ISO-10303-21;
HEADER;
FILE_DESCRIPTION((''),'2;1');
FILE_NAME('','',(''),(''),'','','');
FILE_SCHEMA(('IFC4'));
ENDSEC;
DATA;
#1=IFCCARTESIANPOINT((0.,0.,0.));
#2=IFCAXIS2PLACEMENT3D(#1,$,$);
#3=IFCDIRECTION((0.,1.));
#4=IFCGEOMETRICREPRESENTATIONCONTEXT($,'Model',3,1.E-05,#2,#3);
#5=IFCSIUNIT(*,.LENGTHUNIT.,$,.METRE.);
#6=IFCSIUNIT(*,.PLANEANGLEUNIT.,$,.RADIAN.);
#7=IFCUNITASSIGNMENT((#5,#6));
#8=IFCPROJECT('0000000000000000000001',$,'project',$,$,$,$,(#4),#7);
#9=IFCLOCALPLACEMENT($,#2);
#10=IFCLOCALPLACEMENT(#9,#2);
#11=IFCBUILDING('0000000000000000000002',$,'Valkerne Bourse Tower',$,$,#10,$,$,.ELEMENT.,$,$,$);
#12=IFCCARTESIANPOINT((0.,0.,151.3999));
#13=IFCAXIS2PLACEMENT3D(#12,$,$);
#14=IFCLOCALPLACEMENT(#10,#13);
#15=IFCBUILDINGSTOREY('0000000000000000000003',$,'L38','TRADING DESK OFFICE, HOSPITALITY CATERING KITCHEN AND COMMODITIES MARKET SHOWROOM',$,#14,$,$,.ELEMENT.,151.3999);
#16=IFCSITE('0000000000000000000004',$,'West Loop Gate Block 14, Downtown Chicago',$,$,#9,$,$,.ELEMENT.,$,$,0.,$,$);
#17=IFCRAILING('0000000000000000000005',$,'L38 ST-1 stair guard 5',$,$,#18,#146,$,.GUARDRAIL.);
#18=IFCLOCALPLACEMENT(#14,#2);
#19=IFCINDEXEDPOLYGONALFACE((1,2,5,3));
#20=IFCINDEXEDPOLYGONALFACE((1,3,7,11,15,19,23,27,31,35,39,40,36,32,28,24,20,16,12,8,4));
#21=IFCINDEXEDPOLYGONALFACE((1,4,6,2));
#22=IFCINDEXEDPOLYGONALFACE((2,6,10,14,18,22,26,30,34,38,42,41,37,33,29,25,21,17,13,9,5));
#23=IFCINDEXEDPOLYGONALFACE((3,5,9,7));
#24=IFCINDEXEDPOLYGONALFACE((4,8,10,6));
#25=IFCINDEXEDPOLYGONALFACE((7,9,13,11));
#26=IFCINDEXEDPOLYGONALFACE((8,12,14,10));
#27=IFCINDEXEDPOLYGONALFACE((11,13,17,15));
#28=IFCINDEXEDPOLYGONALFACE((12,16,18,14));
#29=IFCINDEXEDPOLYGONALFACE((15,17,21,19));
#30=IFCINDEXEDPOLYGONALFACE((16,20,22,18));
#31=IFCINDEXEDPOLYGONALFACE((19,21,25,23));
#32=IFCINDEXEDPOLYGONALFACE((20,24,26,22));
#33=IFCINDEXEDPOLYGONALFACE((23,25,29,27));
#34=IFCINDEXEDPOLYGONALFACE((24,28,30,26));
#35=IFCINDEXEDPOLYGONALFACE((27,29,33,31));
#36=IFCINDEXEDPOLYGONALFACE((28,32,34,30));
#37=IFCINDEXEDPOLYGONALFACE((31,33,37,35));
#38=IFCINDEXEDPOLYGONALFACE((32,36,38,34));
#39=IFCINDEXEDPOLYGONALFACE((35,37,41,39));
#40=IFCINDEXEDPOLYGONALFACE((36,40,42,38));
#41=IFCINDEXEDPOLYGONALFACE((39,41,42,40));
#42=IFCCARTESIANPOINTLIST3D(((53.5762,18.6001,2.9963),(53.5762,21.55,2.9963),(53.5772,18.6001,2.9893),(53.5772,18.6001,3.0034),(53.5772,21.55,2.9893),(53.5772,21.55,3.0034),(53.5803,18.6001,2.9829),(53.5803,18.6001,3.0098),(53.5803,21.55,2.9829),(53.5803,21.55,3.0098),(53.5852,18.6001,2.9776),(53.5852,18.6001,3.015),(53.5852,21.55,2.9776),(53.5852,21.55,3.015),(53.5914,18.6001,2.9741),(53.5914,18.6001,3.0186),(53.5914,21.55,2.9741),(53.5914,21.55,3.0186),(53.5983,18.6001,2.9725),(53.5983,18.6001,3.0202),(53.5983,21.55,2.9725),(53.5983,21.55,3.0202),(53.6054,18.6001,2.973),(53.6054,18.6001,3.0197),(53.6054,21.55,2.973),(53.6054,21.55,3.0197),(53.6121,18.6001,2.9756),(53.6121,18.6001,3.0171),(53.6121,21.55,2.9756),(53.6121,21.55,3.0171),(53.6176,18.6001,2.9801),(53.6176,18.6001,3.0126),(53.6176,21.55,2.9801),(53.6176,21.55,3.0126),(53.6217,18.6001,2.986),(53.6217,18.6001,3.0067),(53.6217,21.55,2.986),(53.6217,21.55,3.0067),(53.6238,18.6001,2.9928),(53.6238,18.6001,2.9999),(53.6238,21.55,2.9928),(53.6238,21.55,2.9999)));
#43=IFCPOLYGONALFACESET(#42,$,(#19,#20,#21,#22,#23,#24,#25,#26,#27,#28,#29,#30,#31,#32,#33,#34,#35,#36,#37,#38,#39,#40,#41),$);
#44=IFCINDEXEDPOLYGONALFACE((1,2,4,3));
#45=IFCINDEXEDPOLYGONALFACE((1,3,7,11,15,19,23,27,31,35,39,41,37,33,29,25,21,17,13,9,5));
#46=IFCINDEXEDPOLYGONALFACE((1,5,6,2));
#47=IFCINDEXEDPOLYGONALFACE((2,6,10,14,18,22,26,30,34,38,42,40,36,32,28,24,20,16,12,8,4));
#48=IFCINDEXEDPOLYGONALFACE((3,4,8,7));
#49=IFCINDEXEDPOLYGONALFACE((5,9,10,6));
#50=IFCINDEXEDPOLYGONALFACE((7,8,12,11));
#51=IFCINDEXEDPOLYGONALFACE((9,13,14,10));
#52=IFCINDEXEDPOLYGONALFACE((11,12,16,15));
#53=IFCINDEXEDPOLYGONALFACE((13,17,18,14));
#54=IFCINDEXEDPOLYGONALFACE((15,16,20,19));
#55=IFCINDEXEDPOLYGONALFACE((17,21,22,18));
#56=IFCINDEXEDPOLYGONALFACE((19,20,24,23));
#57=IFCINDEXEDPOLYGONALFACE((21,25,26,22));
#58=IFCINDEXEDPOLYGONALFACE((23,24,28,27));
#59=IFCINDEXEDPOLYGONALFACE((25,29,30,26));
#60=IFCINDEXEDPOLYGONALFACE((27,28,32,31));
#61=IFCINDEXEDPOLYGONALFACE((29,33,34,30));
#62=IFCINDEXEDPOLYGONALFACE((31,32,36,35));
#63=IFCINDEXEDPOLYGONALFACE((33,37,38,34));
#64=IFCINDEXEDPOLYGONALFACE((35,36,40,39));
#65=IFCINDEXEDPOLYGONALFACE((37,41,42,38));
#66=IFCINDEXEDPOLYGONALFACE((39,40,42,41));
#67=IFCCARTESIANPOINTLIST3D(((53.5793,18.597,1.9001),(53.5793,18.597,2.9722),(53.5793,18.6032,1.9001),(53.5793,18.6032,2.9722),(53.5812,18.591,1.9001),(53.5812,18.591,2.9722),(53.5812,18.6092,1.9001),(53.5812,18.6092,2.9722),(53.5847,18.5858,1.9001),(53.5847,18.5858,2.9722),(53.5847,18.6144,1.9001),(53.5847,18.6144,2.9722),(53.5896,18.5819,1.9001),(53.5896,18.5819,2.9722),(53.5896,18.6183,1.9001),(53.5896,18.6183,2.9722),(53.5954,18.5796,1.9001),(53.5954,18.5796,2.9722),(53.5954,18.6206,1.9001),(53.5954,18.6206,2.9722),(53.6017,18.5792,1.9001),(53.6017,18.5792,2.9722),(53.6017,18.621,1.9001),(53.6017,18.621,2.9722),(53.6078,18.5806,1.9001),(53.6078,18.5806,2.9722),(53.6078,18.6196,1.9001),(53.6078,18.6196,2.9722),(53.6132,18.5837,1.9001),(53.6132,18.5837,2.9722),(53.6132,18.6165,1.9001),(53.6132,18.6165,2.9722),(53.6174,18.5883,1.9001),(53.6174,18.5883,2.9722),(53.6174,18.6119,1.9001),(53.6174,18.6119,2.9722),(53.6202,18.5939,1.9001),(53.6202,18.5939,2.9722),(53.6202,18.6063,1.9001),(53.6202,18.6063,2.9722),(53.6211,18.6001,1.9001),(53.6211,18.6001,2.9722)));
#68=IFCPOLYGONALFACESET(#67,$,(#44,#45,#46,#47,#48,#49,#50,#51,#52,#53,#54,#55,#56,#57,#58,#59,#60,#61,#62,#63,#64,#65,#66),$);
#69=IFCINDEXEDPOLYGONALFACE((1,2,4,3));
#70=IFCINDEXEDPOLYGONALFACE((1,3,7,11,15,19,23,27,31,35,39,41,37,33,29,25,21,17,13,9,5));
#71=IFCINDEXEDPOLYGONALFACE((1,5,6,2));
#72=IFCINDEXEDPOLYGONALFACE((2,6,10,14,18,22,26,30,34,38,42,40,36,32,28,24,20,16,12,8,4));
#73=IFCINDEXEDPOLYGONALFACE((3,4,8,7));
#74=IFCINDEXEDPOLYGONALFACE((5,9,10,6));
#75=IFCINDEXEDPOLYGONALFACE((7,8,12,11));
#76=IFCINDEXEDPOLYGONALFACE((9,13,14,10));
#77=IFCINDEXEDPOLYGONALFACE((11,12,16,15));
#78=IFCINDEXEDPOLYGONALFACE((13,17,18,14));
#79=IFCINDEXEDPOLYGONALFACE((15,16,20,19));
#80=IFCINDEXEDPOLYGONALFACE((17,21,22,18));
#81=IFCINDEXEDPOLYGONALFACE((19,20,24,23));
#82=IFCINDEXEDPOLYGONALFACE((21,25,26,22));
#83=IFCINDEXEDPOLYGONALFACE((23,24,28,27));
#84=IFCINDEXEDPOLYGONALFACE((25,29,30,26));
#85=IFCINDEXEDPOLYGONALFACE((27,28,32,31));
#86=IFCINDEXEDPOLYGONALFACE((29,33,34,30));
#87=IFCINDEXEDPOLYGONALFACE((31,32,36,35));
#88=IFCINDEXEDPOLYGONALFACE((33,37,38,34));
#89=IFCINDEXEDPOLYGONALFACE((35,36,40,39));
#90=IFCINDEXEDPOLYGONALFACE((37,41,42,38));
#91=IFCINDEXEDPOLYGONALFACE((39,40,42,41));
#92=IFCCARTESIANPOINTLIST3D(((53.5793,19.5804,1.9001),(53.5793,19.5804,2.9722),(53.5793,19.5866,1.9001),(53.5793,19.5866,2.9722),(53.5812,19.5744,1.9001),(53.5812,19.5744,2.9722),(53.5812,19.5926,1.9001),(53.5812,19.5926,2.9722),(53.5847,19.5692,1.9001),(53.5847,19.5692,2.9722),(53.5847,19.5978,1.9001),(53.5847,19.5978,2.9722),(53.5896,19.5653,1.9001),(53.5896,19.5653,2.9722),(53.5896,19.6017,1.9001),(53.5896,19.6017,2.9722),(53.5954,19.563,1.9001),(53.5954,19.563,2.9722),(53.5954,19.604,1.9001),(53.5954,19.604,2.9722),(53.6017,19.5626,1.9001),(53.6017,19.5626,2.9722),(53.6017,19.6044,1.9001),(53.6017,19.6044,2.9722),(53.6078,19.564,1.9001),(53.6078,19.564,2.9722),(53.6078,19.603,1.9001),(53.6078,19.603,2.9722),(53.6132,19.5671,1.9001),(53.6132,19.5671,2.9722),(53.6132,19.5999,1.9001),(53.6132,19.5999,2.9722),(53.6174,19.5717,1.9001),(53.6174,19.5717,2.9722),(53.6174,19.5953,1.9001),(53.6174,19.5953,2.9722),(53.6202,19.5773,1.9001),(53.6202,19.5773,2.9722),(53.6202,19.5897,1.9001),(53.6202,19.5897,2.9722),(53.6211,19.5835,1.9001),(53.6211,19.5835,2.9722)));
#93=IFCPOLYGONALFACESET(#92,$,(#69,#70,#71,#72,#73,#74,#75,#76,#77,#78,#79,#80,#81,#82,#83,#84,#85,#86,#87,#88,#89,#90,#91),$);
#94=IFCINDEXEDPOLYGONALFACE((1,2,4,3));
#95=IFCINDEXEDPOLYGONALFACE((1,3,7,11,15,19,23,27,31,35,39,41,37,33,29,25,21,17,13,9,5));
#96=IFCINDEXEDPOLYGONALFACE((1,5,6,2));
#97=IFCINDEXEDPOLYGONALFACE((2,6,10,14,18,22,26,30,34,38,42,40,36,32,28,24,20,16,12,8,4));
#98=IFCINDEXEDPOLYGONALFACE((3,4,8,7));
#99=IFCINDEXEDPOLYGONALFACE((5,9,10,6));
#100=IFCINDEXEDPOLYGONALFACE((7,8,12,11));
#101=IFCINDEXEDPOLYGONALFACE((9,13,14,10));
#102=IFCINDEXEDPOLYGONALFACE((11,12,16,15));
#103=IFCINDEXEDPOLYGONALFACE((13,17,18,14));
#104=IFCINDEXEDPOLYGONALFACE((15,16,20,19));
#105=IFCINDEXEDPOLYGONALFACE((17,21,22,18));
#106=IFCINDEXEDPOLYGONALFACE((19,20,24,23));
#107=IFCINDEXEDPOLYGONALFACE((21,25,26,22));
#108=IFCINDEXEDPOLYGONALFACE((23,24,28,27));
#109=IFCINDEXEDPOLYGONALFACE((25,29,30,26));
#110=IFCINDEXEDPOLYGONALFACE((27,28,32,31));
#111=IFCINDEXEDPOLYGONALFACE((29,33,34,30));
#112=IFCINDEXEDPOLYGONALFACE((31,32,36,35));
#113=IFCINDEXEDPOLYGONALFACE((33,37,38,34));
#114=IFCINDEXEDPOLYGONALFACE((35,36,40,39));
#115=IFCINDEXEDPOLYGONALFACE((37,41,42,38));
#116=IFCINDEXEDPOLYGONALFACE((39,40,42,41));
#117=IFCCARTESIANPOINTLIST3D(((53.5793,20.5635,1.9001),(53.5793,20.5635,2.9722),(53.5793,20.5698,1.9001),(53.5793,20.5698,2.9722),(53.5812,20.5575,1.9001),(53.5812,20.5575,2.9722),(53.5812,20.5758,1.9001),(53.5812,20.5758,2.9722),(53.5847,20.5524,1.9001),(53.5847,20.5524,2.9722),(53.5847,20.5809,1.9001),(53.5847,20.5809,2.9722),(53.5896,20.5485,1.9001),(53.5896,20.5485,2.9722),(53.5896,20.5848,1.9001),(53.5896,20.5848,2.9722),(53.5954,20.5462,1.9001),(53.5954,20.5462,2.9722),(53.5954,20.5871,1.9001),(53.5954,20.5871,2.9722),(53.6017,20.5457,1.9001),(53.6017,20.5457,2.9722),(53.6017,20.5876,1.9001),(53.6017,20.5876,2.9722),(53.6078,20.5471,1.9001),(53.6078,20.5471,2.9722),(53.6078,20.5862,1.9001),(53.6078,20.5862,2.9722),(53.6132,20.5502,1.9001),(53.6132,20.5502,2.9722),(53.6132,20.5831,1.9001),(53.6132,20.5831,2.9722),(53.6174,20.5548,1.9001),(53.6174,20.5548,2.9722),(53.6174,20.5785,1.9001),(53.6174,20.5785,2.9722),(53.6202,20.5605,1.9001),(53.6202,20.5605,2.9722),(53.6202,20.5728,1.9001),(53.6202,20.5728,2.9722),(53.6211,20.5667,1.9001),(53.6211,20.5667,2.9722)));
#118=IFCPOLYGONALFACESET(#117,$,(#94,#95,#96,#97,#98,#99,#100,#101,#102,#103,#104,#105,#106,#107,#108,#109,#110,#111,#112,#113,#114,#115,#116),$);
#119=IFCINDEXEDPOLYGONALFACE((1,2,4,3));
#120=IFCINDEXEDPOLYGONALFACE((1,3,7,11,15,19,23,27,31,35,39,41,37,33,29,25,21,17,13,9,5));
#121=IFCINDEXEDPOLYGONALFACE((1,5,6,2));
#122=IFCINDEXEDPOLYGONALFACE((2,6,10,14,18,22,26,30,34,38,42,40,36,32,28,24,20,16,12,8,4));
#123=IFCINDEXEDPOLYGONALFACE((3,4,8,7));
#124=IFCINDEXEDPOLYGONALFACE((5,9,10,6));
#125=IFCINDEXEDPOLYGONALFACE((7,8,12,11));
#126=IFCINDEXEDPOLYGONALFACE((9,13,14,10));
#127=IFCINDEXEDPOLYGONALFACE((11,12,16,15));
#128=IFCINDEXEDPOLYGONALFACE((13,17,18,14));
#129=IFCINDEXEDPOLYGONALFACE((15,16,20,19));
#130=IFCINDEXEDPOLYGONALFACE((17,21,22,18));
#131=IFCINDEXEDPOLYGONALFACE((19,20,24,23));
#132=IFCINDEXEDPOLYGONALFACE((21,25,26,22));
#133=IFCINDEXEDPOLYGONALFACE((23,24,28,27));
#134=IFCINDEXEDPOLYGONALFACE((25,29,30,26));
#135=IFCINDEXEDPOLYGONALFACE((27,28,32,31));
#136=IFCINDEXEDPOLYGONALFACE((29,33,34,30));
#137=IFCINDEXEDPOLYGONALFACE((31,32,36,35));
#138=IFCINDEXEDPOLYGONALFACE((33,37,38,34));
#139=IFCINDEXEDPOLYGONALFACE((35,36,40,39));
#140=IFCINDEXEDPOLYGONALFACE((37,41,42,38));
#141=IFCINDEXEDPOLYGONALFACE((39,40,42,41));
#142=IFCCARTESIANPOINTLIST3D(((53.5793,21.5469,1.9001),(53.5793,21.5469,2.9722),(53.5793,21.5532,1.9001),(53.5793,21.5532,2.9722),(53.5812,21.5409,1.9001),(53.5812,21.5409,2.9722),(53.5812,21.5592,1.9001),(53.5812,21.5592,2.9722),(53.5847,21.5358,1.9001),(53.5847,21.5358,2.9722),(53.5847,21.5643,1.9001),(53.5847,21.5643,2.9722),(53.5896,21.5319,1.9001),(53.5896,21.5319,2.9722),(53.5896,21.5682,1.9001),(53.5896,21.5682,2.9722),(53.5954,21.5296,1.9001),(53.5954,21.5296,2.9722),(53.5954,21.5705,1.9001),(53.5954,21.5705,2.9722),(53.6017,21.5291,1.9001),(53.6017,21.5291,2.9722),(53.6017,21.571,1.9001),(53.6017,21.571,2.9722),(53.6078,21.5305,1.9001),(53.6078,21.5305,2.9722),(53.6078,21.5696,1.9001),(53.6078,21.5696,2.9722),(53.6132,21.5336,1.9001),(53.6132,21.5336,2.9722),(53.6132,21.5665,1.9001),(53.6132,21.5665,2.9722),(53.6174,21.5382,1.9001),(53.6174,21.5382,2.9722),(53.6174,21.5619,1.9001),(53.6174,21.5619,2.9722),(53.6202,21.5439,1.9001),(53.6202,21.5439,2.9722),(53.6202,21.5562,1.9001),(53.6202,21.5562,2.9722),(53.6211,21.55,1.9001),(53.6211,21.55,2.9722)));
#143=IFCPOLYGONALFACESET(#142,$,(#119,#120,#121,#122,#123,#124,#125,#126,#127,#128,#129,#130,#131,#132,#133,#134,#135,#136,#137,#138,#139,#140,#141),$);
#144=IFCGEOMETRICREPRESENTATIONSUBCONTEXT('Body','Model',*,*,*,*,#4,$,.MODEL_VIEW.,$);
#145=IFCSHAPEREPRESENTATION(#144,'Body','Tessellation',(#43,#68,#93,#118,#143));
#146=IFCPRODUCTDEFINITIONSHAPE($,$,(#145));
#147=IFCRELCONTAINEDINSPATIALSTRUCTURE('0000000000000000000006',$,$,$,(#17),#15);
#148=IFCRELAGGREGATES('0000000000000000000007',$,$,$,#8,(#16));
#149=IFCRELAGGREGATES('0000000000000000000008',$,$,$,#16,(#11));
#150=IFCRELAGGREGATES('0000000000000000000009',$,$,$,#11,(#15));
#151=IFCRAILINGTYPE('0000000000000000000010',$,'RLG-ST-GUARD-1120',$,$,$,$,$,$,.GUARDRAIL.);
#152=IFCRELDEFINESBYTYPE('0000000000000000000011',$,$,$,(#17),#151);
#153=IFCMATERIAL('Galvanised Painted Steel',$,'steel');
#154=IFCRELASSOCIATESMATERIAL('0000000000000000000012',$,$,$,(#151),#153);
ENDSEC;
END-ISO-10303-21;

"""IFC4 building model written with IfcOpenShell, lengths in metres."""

from ifc_helpers import new_model, si_unit, direction, frame, origin, origin_2d, place, context, subcontext, project, spatial, circle, extrude, material, type_object, element, save


model = new_model("IFC4")

# Units and contexts
model_context = context("Model", 3, precision=1e-05, world=origin(), true_north=direction((0.0, 1.0)))
body_context = subcontext(model_context, "Body", "Model", "MODEL_VIEW")
ifc_project = project(units=[si_unit("LENGTHUNIT", "METRE"), si_unit("PLANEANGLEUNIT", "RADIAN")], contexts=[model_context])

# Site, building, storey
site_placement = place(None, origin())
site = spatial("IfcSite", under=ifc_project, at=site_placement, Name="West Loop Gate Block 14, Downtown Chicago", CompositionType="ELEMENT", RefElevation=0.0)
building_placement = place(site_placement, origin())
building = spatial("IfcBuilding", under=site, at=building_placement, Name="Valkerne Bourse Tower", CompositionType="ELEMENT")
storey_placement = place(building_placement, frame((0.0, 0.0, 151.3999)))
storey = spatial("IfcBuildingStorey", under=building, at=storey_placement, Name="L38", Description="TRADING DESK OFFICE, HOSPITALITY CATERING KITCHEN AND COMMODITIES MARKET SHOWROOM", CompositionType="ELEMENT", Elevation=151.3999)

# Railing
ifc_material_1 = material(Name="Galvanised Painted Steel", Category="steel")
railing_type = type_object("IfcRailingType", Name="RLG-ST-GUARD-1120", PredefinedType="GUARDRAIL", material=ifc_material_1)
railing_1_placement = place(storey_placement, frame((53.6001, 18.6001, 1.9001)))
element("IfcRailing", 1, at=railing_1_placement, inside=storey, type_object=railing_type, Name="L38 ST-1 stair guard 5", PredefinedType="GUARDRAIL", context=body_context, shape_type="SweptSolid", body=[
    extrude(circle(Radius=0.0239, at=origin_2d()), frame((0.0, 0.0, 1.0962), z_axis=(0.0, 1.0, 0.0), x_axis=(-1.0, 0.0, 0.0)), (0.0, 0.0, 1.0), 2.95),
    extrude(circle(Radius=0.021, at=origin_2d()), origin(), (0.0, 0.0, 1.0), 1.072),
    extrude(circle(Radius=0.021, at=origin_2d()), frame((0.0, 0.9834, 0.0)), (0.0, 0.0, 1.0), 1.072),
    extrude(circle(Radius=0.021, at=origin_2d()), frame((0.0, 1.9666, 0.0)), (0.0, 0.0, 1.0), 1.072),
    extrude(circle(Radius=0.021, at=origin_2d()), frame((0.0, 2.95, 0.0)), (0.0, 0.0, 1.0), 1.072),
])

save(model, "model.ifc")
